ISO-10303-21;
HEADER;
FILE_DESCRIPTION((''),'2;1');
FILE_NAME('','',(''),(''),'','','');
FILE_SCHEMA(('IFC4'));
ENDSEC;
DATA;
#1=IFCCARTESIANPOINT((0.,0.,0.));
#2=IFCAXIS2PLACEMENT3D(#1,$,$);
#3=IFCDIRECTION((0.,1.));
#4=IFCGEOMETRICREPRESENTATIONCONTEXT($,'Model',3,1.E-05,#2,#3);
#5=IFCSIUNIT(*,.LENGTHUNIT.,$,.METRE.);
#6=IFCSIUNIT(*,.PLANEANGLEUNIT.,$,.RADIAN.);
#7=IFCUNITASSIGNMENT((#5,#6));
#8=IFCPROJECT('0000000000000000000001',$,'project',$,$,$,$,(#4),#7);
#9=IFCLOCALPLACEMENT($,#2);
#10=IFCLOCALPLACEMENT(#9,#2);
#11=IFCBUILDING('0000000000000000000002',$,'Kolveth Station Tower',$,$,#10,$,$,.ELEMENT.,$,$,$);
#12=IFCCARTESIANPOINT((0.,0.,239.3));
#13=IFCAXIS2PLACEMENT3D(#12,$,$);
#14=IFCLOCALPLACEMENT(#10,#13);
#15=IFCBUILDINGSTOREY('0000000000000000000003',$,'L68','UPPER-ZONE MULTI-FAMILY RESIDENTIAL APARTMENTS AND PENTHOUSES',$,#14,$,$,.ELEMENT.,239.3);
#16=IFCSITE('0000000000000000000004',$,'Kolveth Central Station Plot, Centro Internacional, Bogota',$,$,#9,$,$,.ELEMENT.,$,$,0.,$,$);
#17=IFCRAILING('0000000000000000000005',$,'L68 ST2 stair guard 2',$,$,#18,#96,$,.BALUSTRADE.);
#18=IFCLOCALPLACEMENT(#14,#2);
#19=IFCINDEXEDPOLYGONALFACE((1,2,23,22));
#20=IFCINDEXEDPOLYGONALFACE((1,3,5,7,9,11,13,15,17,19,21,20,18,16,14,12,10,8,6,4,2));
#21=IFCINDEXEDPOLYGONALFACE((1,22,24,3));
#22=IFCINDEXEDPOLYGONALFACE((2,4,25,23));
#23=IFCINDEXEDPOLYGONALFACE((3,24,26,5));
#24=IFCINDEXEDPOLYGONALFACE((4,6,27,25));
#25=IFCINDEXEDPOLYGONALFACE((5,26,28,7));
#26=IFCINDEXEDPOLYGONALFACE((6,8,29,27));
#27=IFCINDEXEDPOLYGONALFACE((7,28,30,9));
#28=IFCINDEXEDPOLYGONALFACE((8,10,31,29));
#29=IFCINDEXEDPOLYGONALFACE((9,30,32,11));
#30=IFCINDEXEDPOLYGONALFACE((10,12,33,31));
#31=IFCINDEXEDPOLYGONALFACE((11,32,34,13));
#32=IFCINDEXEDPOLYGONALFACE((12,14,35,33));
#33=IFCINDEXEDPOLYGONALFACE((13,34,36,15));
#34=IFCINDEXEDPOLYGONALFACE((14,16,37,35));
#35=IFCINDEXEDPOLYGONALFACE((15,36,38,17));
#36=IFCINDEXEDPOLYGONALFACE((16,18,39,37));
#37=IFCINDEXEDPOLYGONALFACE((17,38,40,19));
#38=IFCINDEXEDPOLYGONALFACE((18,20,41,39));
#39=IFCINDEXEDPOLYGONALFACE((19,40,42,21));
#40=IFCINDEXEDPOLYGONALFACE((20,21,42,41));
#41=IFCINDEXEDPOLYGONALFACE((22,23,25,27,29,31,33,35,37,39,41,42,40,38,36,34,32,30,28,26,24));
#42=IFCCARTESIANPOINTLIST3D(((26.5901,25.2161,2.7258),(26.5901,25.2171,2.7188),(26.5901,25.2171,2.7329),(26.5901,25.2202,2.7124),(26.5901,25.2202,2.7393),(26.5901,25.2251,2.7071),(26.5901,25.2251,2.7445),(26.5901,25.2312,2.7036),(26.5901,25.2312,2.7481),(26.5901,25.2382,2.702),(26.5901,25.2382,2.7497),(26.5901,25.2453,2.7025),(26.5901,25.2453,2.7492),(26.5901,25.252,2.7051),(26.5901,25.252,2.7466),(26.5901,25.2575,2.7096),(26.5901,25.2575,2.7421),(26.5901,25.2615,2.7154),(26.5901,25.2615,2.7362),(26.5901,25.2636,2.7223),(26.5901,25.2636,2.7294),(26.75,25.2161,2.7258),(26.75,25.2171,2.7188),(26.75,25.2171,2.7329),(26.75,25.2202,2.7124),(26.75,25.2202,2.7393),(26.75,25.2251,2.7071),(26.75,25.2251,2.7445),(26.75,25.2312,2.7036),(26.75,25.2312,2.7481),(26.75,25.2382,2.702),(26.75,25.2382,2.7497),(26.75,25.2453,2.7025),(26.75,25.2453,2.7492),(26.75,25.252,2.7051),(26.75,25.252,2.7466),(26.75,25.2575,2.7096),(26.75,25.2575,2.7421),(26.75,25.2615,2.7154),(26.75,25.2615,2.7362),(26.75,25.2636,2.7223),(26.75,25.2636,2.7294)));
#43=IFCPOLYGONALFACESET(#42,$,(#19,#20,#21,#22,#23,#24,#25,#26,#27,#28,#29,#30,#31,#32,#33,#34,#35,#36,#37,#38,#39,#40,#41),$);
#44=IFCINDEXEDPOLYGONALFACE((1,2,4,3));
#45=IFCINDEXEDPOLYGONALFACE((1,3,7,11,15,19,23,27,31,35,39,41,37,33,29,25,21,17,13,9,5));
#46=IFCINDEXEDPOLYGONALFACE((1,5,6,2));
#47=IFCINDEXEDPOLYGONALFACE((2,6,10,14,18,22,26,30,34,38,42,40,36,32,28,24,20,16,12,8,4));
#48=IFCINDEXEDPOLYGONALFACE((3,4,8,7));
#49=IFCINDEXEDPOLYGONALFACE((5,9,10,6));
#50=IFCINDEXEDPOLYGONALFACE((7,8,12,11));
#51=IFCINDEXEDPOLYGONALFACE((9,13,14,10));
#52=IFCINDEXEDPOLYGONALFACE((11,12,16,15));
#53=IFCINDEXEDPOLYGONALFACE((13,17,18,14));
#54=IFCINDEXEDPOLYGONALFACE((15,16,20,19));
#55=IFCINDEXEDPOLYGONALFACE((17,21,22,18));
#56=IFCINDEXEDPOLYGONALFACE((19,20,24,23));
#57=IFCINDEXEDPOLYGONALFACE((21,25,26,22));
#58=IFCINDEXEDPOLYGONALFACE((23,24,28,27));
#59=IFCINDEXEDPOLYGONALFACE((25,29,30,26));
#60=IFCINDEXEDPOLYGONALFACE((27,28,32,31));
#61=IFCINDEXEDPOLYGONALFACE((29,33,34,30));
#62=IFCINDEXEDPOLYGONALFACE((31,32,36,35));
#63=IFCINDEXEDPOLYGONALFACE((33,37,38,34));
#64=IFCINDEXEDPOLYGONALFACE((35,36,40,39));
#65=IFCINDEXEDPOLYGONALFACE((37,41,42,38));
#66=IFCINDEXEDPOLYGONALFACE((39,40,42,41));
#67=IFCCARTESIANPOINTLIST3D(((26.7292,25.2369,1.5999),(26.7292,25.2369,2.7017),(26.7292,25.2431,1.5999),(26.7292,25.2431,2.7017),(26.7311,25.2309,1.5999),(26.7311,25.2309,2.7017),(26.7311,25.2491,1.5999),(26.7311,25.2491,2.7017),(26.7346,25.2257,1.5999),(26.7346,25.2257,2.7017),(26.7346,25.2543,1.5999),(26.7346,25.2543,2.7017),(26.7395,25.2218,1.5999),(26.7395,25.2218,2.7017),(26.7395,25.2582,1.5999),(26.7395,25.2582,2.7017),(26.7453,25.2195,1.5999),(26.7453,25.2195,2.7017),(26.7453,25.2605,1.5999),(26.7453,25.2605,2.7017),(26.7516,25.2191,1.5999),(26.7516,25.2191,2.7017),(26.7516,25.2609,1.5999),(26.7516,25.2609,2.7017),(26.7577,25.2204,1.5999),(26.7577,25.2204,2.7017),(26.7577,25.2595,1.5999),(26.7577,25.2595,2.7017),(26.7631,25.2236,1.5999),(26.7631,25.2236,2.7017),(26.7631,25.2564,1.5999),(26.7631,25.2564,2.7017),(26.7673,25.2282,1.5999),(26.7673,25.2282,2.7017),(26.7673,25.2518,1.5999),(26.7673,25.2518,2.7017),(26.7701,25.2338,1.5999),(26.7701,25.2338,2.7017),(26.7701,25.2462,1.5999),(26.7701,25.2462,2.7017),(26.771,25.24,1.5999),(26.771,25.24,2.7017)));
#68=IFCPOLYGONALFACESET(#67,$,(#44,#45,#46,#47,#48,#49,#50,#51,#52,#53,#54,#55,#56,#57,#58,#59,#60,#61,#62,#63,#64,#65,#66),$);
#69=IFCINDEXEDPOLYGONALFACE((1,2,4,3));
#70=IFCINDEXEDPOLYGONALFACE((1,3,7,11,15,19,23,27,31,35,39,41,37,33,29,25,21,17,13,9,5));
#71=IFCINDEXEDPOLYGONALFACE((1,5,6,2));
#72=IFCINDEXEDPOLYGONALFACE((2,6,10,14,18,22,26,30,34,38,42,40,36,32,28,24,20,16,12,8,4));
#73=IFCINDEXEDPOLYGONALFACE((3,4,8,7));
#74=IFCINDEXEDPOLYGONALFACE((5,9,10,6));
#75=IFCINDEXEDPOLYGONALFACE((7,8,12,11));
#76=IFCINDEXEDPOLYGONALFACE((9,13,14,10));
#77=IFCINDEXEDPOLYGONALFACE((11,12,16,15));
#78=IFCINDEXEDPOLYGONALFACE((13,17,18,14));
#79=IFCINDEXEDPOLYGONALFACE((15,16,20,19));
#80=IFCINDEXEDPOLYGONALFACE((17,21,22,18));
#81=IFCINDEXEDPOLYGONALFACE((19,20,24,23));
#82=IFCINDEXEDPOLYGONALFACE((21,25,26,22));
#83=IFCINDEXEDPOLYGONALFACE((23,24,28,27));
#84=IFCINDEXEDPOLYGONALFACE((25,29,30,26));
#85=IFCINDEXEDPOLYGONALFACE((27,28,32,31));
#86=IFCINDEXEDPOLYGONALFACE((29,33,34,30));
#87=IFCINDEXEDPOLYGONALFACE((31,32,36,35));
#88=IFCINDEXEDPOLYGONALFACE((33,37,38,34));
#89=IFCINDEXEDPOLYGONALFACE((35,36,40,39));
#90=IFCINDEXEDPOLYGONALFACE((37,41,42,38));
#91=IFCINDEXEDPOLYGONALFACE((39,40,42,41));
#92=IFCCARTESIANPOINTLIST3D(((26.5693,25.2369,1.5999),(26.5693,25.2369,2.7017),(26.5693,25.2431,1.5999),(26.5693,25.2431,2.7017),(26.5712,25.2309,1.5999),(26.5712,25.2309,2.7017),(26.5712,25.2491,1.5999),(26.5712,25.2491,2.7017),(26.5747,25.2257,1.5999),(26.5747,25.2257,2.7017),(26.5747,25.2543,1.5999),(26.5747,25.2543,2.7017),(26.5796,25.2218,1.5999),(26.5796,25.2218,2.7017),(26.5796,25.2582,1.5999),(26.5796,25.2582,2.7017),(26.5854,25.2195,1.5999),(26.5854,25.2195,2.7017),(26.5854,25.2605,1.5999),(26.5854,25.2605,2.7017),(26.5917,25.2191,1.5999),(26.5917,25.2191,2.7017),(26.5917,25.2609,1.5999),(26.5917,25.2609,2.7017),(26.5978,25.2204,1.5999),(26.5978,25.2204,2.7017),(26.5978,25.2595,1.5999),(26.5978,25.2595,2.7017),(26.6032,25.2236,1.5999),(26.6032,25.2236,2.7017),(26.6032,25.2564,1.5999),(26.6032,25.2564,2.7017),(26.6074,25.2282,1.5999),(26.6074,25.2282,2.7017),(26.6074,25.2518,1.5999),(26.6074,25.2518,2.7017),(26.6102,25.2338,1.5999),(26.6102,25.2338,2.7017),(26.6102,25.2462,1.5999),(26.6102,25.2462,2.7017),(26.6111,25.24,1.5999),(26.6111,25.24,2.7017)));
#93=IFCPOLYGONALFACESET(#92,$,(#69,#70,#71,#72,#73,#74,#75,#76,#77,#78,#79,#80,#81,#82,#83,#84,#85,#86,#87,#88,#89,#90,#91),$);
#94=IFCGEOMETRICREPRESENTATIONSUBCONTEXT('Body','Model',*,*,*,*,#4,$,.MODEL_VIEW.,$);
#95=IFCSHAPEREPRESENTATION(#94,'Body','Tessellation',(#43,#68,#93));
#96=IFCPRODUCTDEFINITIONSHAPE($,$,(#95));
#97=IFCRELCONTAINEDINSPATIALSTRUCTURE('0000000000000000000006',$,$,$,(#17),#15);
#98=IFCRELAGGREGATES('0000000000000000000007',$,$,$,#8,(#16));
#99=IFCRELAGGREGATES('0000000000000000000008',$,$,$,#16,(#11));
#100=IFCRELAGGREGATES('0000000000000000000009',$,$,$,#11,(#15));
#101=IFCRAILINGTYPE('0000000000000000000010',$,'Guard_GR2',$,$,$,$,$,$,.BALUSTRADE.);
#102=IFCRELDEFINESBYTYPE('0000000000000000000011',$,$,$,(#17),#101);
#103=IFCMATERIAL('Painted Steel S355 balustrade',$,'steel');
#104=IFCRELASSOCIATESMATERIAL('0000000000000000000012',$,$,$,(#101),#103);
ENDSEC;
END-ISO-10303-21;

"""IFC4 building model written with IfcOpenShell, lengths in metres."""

from ifc_helpers import new_model, si_unit, direction, frame, origin, origin_2d, place, context, subcontext, project, spatial, circle, extrude, material, type_object, element, save


model = new_model("IFC4")

# Units and contexts
model_context = context("Model", 3, precision=1e-05, world=origin(), true_north=direction((0.0, 1.0)))
body_context = subcontext(model_context, "Body", "Model", "MODEL_VIEW")
ifc_project = project(units=[si_unit("LENGTHUNIT", "METRE"), si_unit("PLANEANGLEUNIT", "RADIAN")], contexts=[model_context])

# Site, building, storey
site_placement = place(None, origin())
site = spatial("IfcSite", under=ifc_project, at=site_placement, Name="Kolveth Central Station Plot, Centro Internacional, Bogota", CompositionType="ELEMENT", RefElevation=0.0)
building_placement = place(site_placement, origin())
building = spatial("IfcBuilding", under=site, at=building_placement, Name="Kolveth Station Tower", CompositionType="ELEMENT")
storey_placement = place(building_placement, frame((0.0, 0.0, 239.3)))
storey = spatial("IfcBuildingStorey", under=building, at=storey_placement, Name="L68", Description="UPPER-ZONE MULTI-FAMILY RESIDENTIAL APARTMENTS AND PENTHOUSES", CompositionType="ELEMENT", Elevation=239.3)

# Railing
ifc_material_1 = material(Name="Painted Steel S355 balustrade", Category="steel")
railing_type_1 = type_object("IfcRailingType", Name="Guard_GR2", PredefinedType="BALUSTRADE", material=ifc_material_1)
railing_1_placement = place(storey_placement, frame((26.75, 25.24, 1.5999)))
element("IfcRailing", 1, at=railing_1_placement, inside=storey, type_object=railing_type_1, Name="L68 ST2 stair guard 2", PredefinedType="BALUSTRADE", context=body_context, shape_type="SweptSolid", body=[
    extrude(circle(Radius=0.0239, at=origin_2d()), frame((0.0, 0.0, 1.126), z_axis=(-1.0, 0.0, 0.0), x_axis=(0.0, -1.0, 0.0)), (0.0, 0.0, 1.0), 0.1599),
    extrude(circle(Radius=0.021, at=origin_2d()), origin(), (0.0, 0.0, 1.0), 1.1018),
    extrude(circle(Radius=0.021, at=origin_2d()), frame((-0.1599, 0.0, 0.0)), (0.0, 0.0, 1.0), 1.1018),
])

save(model, "model.ifc")
